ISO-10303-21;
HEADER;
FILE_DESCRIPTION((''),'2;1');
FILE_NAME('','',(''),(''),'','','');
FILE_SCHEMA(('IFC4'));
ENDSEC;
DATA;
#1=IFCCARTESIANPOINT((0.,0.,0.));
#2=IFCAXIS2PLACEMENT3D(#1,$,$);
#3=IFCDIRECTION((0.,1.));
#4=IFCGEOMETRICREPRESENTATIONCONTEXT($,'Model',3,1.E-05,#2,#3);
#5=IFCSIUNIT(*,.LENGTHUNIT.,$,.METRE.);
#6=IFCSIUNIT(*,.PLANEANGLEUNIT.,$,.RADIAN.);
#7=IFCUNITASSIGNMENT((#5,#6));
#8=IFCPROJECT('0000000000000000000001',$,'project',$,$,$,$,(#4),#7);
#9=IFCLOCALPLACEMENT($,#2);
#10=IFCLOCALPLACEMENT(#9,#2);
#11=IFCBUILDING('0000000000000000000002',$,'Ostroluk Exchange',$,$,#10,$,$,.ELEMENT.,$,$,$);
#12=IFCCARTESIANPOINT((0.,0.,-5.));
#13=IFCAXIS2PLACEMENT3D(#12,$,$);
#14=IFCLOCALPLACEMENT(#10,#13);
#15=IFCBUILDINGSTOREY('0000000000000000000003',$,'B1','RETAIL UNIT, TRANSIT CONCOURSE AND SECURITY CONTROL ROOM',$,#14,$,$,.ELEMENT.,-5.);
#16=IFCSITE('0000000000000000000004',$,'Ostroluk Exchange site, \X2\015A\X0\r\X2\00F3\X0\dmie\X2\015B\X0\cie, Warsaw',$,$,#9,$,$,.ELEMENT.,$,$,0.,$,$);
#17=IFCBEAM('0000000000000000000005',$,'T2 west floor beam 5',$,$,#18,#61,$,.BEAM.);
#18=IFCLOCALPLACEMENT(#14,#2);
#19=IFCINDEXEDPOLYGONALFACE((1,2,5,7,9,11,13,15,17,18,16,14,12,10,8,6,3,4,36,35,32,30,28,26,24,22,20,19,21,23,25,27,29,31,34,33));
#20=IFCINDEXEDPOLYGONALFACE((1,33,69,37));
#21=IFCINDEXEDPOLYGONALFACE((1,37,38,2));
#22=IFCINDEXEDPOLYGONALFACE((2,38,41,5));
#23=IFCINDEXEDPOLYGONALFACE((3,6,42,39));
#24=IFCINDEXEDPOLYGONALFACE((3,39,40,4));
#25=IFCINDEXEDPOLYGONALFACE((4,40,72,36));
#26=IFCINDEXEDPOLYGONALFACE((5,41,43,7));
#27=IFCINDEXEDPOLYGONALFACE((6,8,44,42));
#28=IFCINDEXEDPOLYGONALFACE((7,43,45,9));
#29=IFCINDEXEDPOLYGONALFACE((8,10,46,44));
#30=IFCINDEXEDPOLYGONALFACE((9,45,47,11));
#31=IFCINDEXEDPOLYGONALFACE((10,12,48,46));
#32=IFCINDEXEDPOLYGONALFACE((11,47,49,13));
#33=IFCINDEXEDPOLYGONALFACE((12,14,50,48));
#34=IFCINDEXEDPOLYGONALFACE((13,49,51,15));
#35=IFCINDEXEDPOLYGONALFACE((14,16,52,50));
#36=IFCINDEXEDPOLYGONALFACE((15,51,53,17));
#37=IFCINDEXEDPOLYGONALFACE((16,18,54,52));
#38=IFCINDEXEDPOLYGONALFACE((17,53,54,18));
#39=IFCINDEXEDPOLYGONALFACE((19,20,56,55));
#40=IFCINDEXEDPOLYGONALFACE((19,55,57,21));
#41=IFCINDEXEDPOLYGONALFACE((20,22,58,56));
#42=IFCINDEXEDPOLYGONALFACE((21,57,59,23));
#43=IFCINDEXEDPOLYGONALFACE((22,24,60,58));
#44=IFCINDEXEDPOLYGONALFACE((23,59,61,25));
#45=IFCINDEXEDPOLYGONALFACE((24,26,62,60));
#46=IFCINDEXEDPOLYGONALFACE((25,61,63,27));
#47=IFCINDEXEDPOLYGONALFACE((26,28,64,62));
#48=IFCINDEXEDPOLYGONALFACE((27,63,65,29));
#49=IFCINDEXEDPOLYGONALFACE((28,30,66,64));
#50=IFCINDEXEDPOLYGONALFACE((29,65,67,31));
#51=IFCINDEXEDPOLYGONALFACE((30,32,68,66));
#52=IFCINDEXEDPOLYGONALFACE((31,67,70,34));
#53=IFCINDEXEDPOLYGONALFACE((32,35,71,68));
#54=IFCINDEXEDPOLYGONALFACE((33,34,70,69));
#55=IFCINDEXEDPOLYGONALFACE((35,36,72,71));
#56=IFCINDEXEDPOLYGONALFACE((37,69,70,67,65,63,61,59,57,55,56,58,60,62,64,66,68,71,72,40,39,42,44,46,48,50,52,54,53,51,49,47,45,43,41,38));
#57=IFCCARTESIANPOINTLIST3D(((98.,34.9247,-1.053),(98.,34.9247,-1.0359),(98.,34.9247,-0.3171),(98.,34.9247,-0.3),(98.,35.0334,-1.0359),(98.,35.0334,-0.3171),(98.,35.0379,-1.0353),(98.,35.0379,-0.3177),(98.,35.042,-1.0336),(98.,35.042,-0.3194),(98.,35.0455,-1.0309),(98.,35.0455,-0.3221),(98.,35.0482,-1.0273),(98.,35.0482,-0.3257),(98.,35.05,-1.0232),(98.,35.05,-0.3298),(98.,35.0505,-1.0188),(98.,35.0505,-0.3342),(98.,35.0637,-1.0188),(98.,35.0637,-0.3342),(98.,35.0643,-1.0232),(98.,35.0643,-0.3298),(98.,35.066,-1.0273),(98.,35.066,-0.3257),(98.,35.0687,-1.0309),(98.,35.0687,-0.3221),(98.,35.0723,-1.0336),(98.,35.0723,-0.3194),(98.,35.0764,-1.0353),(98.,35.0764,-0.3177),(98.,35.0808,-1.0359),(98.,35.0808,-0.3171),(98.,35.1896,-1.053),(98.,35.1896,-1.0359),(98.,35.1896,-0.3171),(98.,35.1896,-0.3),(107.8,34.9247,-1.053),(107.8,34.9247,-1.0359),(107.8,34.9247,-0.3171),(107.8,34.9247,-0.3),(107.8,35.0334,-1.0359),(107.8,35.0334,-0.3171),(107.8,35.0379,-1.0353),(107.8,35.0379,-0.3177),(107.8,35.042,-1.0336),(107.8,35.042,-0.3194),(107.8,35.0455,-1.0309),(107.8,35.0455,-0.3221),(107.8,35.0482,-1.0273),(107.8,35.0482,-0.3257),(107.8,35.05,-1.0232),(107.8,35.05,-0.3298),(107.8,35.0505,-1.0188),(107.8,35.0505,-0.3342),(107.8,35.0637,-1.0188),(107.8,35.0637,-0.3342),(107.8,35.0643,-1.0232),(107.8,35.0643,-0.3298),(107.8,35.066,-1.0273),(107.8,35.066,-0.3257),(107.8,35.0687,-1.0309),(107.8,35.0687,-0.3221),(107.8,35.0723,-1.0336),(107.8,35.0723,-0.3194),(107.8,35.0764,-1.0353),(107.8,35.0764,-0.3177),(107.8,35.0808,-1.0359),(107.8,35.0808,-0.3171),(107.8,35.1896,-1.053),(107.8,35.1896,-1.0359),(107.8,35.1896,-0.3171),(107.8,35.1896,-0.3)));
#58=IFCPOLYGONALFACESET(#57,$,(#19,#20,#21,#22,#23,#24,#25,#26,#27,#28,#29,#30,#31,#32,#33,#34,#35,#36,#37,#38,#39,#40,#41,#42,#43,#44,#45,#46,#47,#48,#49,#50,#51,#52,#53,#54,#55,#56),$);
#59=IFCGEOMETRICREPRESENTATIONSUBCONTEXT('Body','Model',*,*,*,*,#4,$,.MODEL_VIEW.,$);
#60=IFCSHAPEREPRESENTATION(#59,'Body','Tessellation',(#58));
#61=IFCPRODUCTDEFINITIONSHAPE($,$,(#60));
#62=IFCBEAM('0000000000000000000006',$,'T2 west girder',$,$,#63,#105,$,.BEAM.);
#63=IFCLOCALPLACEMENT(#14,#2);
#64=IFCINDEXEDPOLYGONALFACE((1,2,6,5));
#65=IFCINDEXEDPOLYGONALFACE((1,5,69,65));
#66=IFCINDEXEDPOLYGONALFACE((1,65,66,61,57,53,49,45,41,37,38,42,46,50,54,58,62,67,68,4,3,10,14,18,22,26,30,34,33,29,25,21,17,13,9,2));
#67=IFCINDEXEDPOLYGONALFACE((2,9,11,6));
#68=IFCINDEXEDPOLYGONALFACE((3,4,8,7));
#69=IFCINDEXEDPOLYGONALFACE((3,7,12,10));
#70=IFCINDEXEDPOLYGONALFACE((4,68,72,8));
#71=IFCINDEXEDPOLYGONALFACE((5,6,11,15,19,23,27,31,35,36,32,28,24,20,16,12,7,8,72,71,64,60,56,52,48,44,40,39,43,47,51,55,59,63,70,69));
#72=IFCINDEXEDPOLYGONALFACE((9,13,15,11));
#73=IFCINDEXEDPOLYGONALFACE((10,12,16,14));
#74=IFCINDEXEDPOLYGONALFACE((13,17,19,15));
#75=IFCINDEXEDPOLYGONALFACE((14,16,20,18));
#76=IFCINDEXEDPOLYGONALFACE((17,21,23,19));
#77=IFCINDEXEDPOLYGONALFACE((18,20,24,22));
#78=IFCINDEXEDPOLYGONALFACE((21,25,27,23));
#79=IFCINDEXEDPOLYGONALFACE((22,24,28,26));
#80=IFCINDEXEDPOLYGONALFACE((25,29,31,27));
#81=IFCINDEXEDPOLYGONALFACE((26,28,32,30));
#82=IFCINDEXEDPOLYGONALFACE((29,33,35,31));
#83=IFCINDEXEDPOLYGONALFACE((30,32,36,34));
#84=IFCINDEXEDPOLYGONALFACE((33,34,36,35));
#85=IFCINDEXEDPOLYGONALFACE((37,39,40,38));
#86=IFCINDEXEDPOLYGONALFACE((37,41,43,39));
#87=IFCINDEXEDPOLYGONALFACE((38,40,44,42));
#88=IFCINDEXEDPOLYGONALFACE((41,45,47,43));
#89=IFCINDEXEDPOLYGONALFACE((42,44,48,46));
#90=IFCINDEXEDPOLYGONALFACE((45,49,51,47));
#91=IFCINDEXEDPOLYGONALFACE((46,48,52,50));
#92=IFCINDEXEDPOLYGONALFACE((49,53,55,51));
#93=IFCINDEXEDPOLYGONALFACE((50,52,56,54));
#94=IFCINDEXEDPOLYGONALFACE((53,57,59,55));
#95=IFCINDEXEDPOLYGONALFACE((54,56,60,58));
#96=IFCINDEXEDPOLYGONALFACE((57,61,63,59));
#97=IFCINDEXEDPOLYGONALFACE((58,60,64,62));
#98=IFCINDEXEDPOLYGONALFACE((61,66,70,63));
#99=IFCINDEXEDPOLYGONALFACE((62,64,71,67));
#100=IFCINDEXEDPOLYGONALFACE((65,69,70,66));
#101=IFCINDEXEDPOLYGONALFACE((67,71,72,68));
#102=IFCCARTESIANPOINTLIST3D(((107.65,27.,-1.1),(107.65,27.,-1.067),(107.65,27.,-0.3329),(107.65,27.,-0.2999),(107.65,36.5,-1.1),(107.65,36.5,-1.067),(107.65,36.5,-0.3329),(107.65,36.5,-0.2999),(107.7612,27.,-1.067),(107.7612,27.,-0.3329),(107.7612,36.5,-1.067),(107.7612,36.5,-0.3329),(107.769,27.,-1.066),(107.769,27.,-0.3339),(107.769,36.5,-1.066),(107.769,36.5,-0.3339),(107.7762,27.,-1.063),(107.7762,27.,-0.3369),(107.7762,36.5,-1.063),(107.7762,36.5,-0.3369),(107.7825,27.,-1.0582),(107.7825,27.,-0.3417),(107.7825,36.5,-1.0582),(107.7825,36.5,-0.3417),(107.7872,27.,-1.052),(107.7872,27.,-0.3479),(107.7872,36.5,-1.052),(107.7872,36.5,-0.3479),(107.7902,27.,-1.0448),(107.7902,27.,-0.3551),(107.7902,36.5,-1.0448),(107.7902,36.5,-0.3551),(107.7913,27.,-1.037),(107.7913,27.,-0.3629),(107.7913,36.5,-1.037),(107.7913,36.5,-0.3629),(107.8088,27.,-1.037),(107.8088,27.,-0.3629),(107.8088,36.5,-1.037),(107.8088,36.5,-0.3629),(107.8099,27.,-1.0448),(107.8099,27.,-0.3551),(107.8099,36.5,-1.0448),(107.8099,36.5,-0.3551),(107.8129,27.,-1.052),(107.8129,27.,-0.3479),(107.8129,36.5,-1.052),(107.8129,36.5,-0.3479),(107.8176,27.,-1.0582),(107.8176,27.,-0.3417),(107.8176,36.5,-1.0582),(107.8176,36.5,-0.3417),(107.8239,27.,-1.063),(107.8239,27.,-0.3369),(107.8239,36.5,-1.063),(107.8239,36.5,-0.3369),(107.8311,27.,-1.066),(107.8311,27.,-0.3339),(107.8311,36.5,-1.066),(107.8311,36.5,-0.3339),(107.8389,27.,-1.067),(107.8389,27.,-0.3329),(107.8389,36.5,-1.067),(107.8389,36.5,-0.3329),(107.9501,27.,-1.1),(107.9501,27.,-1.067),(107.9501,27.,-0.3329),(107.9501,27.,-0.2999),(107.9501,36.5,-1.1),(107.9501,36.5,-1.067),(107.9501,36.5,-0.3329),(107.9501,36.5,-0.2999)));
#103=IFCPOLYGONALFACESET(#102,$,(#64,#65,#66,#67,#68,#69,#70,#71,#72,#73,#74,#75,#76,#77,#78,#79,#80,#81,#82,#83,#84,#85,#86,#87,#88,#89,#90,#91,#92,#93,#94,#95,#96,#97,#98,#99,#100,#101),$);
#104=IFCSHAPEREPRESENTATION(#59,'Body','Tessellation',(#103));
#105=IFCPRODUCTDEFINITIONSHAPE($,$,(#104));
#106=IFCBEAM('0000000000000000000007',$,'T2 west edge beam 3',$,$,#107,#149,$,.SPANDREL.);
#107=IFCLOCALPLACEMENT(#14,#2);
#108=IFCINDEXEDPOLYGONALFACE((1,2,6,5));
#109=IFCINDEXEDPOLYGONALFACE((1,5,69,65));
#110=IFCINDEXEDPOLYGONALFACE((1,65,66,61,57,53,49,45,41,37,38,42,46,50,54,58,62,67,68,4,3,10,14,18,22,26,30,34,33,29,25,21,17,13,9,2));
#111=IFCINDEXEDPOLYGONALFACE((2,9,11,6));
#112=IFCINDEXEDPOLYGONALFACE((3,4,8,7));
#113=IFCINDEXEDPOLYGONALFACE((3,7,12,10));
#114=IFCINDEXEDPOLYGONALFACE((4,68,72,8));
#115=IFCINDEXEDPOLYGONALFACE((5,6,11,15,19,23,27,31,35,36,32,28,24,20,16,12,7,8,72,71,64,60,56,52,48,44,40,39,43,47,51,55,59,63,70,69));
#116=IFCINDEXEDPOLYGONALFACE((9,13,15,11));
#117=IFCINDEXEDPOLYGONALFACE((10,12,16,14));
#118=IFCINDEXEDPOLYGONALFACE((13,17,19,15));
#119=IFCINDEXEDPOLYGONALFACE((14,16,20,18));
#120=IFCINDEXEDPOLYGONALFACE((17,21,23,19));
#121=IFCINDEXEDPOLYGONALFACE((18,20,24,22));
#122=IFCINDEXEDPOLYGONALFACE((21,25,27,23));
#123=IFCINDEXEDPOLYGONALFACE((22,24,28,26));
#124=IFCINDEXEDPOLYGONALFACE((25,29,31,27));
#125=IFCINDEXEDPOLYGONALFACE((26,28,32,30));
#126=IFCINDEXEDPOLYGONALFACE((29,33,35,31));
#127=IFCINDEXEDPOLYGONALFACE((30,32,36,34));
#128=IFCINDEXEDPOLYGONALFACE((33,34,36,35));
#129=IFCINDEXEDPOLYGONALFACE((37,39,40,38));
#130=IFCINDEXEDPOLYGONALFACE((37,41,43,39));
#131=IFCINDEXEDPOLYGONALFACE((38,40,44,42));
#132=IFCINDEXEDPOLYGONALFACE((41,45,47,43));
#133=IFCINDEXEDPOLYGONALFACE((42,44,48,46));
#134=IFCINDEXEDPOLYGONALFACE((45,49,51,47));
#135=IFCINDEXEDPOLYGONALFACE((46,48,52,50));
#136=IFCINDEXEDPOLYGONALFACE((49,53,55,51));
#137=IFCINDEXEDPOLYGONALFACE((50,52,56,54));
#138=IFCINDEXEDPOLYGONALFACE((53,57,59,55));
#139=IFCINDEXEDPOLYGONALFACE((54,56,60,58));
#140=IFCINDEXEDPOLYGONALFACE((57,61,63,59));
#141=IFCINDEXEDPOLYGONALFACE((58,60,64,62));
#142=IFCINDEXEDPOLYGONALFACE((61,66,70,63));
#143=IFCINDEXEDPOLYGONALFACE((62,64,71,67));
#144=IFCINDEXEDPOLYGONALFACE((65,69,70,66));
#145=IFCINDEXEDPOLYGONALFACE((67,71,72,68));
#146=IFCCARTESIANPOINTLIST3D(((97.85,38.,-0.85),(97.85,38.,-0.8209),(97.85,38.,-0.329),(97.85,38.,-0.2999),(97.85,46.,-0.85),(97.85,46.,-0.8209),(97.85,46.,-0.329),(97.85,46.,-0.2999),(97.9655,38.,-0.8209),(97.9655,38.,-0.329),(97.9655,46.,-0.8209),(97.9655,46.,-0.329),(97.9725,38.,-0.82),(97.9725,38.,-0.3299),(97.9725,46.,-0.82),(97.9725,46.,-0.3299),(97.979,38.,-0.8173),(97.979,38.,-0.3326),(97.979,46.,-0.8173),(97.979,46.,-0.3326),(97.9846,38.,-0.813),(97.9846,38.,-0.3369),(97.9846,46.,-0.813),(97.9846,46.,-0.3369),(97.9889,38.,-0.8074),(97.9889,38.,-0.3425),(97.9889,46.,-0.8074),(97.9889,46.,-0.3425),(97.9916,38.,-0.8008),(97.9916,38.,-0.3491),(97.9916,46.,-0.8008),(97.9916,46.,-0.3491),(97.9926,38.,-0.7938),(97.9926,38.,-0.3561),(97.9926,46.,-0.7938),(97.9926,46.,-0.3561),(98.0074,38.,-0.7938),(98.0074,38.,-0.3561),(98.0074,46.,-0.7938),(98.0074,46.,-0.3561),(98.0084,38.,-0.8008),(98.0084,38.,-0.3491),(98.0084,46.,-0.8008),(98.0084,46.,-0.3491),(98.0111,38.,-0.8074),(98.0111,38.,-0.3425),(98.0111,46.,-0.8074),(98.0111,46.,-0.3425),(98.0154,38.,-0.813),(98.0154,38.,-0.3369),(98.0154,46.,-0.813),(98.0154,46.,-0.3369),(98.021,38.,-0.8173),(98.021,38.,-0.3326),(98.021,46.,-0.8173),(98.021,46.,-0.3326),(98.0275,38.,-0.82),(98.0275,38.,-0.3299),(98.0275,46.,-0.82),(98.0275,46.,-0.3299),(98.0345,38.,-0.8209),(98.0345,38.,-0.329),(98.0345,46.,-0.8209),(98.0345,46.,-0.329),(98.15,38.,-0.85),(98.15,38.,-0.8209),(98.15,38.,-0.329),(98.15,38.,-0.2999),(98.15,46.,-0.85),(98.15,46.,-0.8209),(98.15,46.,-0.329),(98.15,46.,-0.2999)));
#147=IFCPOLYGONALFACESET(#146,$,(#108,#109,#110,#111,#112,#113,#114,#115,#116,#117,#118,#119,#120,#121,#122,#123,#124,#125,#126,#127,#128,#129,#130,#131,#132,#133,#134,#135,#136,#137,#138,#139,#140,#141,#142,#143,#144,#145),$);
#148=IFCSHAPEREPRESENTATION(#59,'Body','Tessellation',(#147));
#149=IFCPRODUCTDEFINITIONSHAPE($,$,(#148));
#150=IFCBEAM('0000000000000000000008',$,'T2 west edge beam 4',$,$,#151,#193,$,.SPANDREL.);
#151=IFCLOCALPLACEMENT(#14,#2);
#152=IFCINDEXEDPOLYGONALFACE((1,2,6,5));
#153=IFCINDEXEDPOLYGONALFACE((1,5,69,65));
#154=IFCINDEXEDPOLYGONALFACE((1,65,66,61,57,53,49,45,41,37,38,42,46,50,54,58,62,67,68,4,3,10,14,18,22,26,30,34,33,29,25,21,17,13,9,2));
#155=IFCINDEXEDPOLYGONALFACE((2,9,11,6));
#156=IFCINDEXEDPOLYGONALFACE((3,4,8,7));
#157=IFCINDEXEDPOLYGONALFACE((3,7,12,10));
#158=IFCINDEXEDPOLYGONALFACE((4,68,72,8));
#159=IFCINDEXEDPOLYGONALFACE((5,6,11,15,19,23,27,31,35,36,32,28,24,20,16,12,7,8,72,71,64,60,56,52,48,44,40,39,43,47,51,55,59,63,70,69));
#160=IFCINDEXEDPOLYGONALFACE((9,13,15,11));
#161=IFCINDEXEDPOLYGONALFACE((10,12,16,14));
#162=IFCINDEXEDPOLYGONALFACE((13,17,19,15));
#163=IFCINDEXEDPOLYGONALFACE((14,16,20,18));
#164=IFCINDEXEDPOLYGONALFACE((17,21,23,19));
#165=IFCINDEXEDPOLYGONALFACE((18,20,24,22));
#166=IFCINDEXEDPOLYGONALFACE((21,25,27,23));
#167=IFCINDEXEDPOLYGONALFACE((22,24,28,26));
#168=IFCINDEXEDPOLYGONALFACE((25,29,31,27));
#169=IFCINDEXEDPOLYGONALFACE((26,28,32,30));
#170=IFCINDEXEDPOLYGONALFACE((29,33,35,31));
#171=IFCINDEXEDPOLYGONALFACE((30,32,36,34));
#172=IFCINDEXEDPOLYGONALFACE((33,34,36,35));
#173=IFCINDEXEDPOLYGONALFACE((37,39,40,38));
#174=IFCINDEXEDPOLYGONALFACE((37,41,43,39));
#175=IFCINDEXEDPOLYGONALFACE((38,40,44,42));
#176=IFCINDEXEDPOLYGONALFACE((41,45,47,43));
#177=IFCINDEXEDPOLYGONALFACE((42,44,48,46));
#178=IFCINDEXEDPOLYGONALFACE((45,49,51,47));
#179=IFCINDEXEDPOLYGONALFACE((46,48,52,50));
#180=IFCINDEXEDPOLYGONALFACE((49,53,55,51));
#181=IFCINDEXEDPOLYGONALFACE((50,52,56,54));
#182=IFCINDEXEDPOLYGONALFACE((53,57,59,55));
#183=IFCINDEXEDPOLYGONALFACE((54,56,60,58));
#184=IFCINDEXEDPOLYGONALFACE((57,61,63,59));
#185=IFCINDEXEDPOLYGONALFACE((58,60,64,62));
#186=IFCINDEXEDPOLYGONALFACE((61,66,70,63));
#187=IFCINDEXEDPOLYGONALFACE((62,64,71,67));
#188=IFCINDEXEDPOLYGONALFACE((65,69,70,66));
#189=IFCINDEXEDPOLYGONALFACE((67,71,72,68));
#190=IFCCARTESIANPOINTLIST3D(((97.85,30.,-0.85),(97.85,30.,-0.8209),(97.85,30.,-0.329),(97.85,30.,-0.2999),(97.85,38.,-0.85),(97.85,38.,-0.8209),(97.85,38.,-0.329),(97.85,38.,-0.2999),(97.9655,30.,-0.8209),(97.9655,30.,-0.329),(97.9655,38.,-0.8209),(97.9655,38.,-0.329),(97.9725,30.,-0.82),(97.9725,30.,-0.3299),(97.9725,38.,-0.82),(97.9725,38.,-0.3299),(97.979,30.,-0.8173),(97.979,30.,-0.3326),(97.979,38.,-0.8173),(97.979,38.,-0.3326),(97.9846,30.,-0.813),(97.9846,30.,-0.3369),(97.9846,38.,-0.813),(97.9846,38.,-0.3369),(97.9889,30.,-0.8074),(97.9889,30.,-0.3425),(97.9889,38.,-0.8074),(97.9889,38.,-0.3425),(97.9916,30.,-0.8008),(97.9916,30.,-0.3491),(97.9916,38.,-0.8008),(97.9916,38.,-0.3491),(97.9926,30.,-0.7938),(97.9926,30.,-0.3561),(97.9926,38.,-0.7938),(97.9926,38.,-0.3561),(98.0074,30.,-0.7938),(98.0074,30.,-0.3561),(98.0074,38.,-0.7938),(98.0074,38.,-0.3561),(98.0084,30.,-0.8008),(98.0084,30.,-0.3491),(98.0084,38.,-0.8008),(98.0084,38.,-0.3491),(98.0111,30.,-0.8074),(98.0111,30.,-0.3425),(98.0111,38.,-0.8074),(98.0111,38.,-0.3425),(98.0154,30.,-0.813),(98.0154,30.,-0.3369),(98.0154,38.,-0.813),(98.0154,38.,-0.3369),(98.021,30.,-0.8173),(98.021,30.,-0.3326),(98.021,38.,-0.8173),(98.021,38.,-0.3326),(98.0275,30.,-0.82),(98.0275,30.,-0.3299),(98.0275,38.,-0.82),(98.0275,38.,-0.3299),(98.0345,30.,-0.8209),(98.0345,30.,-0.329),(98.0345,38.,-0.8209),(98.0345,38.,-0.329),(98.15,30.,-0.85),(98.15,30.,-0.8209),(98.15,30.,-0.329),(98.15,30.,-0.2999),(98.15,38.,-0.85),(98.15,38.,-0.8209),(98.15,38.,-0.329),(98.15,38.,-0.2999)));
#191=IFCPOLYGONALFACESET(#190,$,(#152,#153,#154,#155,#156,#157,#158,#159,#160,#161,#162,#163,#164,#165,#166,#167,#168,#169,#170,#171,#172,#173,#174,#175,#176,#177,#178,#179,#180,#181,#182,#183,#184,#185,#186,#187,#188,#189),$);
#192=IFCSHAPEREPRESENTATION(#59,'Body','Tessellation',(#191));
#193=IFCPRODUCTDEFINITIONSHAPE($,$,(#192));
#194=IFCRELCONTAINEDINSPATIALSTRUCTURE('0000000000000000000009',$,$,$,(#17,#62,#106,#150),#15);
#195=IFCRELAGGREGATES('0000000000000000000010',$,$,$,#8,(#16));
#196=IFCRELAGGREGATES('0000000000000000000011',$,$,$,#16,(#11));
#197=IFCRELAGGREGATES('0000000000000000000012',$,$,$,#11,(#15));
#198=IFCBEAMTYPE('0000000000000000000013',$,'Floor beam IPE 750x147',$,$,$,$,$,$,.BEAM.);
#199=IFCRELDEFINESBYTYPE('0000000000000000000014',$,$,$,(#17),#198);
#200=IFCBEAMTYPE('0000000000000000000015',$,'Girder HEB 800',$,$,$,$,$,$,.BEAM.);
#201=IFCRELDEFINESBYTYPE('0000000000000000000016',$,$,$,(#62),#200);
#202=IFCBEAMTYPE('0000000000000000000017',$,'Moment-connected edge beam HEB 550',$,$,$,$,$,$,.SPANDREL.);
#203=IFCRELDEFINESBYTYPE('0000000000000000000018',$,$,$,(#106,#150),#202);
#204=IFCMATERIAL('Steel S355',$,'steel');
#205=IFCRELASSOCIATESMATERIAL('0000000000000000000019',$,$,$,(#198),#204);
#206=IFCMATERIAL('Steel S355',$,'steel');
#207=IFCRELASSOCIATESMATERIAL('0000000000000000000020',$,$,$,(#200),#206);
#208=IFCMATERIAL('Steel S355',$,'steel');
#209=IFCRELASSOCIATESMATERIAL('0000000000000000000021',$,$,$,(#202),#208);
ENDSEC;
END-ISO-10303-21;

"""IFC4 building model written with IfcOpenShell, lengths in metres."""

from ifc_helpers import new_model, si_unit, direction, frame, origin, origin_2d, place, context, subcontext, project, spatial, i_section, extrude, material, material_profile, profile_set, type_object, element, save


model = new_model("IFC4")

# Units and contexts
model_context = context("Model", 3, precision=1e-05, world=origin(), true_north=direction((0.0, 1.0)))
body_context = subcontext(model_context, "Body", "Model", "MODEL_VIEW")
ifc_project = project(units=[si_unit("LENGTHUNIT", "METRE"), si_unit("PLANEANGLEUNIT", "RADIAN")], contexts=[model_context])

# Site, building, storey
site_placement = place(None, origin())
site = spatial("IfcSite", under=ifc_project, at=site_placement, Name="Ostroluk Exchange site, Śródmieście, Warsaw", CompositionType="ELEMENT", RefElevation=0.0)
building_placement = place(site_placement, origin())
building = spatial("IfcBuilding", under=site, at=building_placement, Name="Ostroluk Exchange", CompositionType="ELEMENT")
storey_placement = place(building_placement, frame((0.0, 0.0, -5.0)))
storey = spatial("IfcBuildingStorey", under=building, at=storey_placement, Name="B1", Description="RETAIL UNIT, TRANSIT CONCOURSE AND SECURITY CONTROL ROOM", CompositionType="ELEMENT", Elevation=-5.0)

# Beams
ifc_material_1 = material(Name="Steel S355", Category="steel")
ifc_material_profile_1 = material_profile(ifc_material_1, i_section(OverallWidth=0.2649, OverallDepth=0.7529, WebThickness=0.0132, FlangeThickness=0.0171, FilletRadius=0.0171, at=origin_2d()), Name="IPE 750x147")
ifc_profile_set_1 = profile_set([ifc_material_profile_1], Name="Steel S355")
beam_type_1 = type_object("IfcBeamType", Name="Floor beam IPE 750x147", PredefinedType="BEAM", material=ifc_profile_set_1)
beam_1_placement = place(storey_placement, frame((107.8, 35.0571, -0.6765), z_axis=(-1.0, 0.0, 0.0), x_axis=(0.0, -1.0, 0.0)))
element("IfcBeam", 1, at=beam_1_placement, inside=storey, type_object=beam_type_1, Name="T2 west floor beam 5", PredefinedType="BEAM", context=body_context, shape_type="SweptSolid", body=[
    extrude(i_section(OverallWidth=0.2649, OverallDepth=0.7529, WebThickness=0.0132, FlangeThickness=0.0171, FilletRadius=0.0171, at=origin_2d()), origin(), (0.0, 0.0, 1.0), 9.8),
])
ifc_material_2 = material(Name="Steel S355", Category="steel")
ifc_material_profile_2 = material_profile(ifc_material_2, i_section(OverallWidth=0.3, OverallDepth=0.8, WebThickness=0.0176, FlangeThickness=0.033, FilletRadius=0.03, at=origin_2d()), Name="HEB 800")
ifc_profile_set_2 = profile_set([ifc_material_profile_2], Name="Steel S355")
beam_type_2 = type_object("IfcBeamType", Name="Girder HEB 800", PredefinedType="BEAM", material=ifc_profile_set_2)
beam_2_placement = place(storey_placement, frame((107.8, 36.5, -0.7), z_axis=(0.0, -1.0, 0.0), x_axis=(1.0, 0.0, 0.0)))
element("IfcBeam", 2, at=beam_2_placement, inside=storey, type_object=beam_type_2, Name="T2 west girder", PredefinedType="BEAM", context=body_context, shape_type="SweptSolid", body=[
    extrude(i_section(OverallWidth=0.3, OverallDepth=0.8, WebThickness=0.0176, FlangeThickness=0.033, FilletRadius=0.03, at=origin_2d()), origin(), (0.0, 0.0, 1.0), 9.5),
])
ifc_material_3 = material(Name="Steel S355", Category="steel")
ifc_material_profile_3 = material_profile(ifc_material_3, i_section(OverallWidth=0.3, OverallDepth=0.55, WebThickness=0.0149, FlangeThickness=0.0291, FilletRadius=0.0271, at=origin_2d()), Name="HEB 550")
ifc_profile_set_3 = profile_set([ifc_material_profile_3], Name="Steel S355")
beam_type_3 = type_object("IfcBeamType", Name="Moment-connected edge beam HEB 550", PredefinedType="SPANDREL", material=ifc_profile_set_3)
for number, where, z_axis, x_axis, name in (
    (3, (98.0, 46.0, -0.575), (0.0, -1.0, 0.0), (1.0, 0.0, 0.0), "T2 west edge beam 3"),
    (4, (98.0, 38.0, -0.575), (0.0, -1.0, 0.0), (1.0, 0.0, 0.0), "T2 west edge beam 4"),
):
    element("IfcBeam", number, at=place(storey_placement, frame(where, z_axis=z_axis, x_axis=x_axis)), inside=storey, type_object=beam_type_3, Name=name, PredefinedType="SPANDREL", context=body_context, shape_type="SweptSolid", body=[
        extrude(i_section(OverallWidth=0.3, OverallDepth=0.55, WebThickness=0.0149, FlangeThickness=0.0291, FilletRadius=0.0271, at=origin_2d()), origin(), (0.0, 0.0, 1.0), 8.0),
    ])

save(model, "model.ifc")
